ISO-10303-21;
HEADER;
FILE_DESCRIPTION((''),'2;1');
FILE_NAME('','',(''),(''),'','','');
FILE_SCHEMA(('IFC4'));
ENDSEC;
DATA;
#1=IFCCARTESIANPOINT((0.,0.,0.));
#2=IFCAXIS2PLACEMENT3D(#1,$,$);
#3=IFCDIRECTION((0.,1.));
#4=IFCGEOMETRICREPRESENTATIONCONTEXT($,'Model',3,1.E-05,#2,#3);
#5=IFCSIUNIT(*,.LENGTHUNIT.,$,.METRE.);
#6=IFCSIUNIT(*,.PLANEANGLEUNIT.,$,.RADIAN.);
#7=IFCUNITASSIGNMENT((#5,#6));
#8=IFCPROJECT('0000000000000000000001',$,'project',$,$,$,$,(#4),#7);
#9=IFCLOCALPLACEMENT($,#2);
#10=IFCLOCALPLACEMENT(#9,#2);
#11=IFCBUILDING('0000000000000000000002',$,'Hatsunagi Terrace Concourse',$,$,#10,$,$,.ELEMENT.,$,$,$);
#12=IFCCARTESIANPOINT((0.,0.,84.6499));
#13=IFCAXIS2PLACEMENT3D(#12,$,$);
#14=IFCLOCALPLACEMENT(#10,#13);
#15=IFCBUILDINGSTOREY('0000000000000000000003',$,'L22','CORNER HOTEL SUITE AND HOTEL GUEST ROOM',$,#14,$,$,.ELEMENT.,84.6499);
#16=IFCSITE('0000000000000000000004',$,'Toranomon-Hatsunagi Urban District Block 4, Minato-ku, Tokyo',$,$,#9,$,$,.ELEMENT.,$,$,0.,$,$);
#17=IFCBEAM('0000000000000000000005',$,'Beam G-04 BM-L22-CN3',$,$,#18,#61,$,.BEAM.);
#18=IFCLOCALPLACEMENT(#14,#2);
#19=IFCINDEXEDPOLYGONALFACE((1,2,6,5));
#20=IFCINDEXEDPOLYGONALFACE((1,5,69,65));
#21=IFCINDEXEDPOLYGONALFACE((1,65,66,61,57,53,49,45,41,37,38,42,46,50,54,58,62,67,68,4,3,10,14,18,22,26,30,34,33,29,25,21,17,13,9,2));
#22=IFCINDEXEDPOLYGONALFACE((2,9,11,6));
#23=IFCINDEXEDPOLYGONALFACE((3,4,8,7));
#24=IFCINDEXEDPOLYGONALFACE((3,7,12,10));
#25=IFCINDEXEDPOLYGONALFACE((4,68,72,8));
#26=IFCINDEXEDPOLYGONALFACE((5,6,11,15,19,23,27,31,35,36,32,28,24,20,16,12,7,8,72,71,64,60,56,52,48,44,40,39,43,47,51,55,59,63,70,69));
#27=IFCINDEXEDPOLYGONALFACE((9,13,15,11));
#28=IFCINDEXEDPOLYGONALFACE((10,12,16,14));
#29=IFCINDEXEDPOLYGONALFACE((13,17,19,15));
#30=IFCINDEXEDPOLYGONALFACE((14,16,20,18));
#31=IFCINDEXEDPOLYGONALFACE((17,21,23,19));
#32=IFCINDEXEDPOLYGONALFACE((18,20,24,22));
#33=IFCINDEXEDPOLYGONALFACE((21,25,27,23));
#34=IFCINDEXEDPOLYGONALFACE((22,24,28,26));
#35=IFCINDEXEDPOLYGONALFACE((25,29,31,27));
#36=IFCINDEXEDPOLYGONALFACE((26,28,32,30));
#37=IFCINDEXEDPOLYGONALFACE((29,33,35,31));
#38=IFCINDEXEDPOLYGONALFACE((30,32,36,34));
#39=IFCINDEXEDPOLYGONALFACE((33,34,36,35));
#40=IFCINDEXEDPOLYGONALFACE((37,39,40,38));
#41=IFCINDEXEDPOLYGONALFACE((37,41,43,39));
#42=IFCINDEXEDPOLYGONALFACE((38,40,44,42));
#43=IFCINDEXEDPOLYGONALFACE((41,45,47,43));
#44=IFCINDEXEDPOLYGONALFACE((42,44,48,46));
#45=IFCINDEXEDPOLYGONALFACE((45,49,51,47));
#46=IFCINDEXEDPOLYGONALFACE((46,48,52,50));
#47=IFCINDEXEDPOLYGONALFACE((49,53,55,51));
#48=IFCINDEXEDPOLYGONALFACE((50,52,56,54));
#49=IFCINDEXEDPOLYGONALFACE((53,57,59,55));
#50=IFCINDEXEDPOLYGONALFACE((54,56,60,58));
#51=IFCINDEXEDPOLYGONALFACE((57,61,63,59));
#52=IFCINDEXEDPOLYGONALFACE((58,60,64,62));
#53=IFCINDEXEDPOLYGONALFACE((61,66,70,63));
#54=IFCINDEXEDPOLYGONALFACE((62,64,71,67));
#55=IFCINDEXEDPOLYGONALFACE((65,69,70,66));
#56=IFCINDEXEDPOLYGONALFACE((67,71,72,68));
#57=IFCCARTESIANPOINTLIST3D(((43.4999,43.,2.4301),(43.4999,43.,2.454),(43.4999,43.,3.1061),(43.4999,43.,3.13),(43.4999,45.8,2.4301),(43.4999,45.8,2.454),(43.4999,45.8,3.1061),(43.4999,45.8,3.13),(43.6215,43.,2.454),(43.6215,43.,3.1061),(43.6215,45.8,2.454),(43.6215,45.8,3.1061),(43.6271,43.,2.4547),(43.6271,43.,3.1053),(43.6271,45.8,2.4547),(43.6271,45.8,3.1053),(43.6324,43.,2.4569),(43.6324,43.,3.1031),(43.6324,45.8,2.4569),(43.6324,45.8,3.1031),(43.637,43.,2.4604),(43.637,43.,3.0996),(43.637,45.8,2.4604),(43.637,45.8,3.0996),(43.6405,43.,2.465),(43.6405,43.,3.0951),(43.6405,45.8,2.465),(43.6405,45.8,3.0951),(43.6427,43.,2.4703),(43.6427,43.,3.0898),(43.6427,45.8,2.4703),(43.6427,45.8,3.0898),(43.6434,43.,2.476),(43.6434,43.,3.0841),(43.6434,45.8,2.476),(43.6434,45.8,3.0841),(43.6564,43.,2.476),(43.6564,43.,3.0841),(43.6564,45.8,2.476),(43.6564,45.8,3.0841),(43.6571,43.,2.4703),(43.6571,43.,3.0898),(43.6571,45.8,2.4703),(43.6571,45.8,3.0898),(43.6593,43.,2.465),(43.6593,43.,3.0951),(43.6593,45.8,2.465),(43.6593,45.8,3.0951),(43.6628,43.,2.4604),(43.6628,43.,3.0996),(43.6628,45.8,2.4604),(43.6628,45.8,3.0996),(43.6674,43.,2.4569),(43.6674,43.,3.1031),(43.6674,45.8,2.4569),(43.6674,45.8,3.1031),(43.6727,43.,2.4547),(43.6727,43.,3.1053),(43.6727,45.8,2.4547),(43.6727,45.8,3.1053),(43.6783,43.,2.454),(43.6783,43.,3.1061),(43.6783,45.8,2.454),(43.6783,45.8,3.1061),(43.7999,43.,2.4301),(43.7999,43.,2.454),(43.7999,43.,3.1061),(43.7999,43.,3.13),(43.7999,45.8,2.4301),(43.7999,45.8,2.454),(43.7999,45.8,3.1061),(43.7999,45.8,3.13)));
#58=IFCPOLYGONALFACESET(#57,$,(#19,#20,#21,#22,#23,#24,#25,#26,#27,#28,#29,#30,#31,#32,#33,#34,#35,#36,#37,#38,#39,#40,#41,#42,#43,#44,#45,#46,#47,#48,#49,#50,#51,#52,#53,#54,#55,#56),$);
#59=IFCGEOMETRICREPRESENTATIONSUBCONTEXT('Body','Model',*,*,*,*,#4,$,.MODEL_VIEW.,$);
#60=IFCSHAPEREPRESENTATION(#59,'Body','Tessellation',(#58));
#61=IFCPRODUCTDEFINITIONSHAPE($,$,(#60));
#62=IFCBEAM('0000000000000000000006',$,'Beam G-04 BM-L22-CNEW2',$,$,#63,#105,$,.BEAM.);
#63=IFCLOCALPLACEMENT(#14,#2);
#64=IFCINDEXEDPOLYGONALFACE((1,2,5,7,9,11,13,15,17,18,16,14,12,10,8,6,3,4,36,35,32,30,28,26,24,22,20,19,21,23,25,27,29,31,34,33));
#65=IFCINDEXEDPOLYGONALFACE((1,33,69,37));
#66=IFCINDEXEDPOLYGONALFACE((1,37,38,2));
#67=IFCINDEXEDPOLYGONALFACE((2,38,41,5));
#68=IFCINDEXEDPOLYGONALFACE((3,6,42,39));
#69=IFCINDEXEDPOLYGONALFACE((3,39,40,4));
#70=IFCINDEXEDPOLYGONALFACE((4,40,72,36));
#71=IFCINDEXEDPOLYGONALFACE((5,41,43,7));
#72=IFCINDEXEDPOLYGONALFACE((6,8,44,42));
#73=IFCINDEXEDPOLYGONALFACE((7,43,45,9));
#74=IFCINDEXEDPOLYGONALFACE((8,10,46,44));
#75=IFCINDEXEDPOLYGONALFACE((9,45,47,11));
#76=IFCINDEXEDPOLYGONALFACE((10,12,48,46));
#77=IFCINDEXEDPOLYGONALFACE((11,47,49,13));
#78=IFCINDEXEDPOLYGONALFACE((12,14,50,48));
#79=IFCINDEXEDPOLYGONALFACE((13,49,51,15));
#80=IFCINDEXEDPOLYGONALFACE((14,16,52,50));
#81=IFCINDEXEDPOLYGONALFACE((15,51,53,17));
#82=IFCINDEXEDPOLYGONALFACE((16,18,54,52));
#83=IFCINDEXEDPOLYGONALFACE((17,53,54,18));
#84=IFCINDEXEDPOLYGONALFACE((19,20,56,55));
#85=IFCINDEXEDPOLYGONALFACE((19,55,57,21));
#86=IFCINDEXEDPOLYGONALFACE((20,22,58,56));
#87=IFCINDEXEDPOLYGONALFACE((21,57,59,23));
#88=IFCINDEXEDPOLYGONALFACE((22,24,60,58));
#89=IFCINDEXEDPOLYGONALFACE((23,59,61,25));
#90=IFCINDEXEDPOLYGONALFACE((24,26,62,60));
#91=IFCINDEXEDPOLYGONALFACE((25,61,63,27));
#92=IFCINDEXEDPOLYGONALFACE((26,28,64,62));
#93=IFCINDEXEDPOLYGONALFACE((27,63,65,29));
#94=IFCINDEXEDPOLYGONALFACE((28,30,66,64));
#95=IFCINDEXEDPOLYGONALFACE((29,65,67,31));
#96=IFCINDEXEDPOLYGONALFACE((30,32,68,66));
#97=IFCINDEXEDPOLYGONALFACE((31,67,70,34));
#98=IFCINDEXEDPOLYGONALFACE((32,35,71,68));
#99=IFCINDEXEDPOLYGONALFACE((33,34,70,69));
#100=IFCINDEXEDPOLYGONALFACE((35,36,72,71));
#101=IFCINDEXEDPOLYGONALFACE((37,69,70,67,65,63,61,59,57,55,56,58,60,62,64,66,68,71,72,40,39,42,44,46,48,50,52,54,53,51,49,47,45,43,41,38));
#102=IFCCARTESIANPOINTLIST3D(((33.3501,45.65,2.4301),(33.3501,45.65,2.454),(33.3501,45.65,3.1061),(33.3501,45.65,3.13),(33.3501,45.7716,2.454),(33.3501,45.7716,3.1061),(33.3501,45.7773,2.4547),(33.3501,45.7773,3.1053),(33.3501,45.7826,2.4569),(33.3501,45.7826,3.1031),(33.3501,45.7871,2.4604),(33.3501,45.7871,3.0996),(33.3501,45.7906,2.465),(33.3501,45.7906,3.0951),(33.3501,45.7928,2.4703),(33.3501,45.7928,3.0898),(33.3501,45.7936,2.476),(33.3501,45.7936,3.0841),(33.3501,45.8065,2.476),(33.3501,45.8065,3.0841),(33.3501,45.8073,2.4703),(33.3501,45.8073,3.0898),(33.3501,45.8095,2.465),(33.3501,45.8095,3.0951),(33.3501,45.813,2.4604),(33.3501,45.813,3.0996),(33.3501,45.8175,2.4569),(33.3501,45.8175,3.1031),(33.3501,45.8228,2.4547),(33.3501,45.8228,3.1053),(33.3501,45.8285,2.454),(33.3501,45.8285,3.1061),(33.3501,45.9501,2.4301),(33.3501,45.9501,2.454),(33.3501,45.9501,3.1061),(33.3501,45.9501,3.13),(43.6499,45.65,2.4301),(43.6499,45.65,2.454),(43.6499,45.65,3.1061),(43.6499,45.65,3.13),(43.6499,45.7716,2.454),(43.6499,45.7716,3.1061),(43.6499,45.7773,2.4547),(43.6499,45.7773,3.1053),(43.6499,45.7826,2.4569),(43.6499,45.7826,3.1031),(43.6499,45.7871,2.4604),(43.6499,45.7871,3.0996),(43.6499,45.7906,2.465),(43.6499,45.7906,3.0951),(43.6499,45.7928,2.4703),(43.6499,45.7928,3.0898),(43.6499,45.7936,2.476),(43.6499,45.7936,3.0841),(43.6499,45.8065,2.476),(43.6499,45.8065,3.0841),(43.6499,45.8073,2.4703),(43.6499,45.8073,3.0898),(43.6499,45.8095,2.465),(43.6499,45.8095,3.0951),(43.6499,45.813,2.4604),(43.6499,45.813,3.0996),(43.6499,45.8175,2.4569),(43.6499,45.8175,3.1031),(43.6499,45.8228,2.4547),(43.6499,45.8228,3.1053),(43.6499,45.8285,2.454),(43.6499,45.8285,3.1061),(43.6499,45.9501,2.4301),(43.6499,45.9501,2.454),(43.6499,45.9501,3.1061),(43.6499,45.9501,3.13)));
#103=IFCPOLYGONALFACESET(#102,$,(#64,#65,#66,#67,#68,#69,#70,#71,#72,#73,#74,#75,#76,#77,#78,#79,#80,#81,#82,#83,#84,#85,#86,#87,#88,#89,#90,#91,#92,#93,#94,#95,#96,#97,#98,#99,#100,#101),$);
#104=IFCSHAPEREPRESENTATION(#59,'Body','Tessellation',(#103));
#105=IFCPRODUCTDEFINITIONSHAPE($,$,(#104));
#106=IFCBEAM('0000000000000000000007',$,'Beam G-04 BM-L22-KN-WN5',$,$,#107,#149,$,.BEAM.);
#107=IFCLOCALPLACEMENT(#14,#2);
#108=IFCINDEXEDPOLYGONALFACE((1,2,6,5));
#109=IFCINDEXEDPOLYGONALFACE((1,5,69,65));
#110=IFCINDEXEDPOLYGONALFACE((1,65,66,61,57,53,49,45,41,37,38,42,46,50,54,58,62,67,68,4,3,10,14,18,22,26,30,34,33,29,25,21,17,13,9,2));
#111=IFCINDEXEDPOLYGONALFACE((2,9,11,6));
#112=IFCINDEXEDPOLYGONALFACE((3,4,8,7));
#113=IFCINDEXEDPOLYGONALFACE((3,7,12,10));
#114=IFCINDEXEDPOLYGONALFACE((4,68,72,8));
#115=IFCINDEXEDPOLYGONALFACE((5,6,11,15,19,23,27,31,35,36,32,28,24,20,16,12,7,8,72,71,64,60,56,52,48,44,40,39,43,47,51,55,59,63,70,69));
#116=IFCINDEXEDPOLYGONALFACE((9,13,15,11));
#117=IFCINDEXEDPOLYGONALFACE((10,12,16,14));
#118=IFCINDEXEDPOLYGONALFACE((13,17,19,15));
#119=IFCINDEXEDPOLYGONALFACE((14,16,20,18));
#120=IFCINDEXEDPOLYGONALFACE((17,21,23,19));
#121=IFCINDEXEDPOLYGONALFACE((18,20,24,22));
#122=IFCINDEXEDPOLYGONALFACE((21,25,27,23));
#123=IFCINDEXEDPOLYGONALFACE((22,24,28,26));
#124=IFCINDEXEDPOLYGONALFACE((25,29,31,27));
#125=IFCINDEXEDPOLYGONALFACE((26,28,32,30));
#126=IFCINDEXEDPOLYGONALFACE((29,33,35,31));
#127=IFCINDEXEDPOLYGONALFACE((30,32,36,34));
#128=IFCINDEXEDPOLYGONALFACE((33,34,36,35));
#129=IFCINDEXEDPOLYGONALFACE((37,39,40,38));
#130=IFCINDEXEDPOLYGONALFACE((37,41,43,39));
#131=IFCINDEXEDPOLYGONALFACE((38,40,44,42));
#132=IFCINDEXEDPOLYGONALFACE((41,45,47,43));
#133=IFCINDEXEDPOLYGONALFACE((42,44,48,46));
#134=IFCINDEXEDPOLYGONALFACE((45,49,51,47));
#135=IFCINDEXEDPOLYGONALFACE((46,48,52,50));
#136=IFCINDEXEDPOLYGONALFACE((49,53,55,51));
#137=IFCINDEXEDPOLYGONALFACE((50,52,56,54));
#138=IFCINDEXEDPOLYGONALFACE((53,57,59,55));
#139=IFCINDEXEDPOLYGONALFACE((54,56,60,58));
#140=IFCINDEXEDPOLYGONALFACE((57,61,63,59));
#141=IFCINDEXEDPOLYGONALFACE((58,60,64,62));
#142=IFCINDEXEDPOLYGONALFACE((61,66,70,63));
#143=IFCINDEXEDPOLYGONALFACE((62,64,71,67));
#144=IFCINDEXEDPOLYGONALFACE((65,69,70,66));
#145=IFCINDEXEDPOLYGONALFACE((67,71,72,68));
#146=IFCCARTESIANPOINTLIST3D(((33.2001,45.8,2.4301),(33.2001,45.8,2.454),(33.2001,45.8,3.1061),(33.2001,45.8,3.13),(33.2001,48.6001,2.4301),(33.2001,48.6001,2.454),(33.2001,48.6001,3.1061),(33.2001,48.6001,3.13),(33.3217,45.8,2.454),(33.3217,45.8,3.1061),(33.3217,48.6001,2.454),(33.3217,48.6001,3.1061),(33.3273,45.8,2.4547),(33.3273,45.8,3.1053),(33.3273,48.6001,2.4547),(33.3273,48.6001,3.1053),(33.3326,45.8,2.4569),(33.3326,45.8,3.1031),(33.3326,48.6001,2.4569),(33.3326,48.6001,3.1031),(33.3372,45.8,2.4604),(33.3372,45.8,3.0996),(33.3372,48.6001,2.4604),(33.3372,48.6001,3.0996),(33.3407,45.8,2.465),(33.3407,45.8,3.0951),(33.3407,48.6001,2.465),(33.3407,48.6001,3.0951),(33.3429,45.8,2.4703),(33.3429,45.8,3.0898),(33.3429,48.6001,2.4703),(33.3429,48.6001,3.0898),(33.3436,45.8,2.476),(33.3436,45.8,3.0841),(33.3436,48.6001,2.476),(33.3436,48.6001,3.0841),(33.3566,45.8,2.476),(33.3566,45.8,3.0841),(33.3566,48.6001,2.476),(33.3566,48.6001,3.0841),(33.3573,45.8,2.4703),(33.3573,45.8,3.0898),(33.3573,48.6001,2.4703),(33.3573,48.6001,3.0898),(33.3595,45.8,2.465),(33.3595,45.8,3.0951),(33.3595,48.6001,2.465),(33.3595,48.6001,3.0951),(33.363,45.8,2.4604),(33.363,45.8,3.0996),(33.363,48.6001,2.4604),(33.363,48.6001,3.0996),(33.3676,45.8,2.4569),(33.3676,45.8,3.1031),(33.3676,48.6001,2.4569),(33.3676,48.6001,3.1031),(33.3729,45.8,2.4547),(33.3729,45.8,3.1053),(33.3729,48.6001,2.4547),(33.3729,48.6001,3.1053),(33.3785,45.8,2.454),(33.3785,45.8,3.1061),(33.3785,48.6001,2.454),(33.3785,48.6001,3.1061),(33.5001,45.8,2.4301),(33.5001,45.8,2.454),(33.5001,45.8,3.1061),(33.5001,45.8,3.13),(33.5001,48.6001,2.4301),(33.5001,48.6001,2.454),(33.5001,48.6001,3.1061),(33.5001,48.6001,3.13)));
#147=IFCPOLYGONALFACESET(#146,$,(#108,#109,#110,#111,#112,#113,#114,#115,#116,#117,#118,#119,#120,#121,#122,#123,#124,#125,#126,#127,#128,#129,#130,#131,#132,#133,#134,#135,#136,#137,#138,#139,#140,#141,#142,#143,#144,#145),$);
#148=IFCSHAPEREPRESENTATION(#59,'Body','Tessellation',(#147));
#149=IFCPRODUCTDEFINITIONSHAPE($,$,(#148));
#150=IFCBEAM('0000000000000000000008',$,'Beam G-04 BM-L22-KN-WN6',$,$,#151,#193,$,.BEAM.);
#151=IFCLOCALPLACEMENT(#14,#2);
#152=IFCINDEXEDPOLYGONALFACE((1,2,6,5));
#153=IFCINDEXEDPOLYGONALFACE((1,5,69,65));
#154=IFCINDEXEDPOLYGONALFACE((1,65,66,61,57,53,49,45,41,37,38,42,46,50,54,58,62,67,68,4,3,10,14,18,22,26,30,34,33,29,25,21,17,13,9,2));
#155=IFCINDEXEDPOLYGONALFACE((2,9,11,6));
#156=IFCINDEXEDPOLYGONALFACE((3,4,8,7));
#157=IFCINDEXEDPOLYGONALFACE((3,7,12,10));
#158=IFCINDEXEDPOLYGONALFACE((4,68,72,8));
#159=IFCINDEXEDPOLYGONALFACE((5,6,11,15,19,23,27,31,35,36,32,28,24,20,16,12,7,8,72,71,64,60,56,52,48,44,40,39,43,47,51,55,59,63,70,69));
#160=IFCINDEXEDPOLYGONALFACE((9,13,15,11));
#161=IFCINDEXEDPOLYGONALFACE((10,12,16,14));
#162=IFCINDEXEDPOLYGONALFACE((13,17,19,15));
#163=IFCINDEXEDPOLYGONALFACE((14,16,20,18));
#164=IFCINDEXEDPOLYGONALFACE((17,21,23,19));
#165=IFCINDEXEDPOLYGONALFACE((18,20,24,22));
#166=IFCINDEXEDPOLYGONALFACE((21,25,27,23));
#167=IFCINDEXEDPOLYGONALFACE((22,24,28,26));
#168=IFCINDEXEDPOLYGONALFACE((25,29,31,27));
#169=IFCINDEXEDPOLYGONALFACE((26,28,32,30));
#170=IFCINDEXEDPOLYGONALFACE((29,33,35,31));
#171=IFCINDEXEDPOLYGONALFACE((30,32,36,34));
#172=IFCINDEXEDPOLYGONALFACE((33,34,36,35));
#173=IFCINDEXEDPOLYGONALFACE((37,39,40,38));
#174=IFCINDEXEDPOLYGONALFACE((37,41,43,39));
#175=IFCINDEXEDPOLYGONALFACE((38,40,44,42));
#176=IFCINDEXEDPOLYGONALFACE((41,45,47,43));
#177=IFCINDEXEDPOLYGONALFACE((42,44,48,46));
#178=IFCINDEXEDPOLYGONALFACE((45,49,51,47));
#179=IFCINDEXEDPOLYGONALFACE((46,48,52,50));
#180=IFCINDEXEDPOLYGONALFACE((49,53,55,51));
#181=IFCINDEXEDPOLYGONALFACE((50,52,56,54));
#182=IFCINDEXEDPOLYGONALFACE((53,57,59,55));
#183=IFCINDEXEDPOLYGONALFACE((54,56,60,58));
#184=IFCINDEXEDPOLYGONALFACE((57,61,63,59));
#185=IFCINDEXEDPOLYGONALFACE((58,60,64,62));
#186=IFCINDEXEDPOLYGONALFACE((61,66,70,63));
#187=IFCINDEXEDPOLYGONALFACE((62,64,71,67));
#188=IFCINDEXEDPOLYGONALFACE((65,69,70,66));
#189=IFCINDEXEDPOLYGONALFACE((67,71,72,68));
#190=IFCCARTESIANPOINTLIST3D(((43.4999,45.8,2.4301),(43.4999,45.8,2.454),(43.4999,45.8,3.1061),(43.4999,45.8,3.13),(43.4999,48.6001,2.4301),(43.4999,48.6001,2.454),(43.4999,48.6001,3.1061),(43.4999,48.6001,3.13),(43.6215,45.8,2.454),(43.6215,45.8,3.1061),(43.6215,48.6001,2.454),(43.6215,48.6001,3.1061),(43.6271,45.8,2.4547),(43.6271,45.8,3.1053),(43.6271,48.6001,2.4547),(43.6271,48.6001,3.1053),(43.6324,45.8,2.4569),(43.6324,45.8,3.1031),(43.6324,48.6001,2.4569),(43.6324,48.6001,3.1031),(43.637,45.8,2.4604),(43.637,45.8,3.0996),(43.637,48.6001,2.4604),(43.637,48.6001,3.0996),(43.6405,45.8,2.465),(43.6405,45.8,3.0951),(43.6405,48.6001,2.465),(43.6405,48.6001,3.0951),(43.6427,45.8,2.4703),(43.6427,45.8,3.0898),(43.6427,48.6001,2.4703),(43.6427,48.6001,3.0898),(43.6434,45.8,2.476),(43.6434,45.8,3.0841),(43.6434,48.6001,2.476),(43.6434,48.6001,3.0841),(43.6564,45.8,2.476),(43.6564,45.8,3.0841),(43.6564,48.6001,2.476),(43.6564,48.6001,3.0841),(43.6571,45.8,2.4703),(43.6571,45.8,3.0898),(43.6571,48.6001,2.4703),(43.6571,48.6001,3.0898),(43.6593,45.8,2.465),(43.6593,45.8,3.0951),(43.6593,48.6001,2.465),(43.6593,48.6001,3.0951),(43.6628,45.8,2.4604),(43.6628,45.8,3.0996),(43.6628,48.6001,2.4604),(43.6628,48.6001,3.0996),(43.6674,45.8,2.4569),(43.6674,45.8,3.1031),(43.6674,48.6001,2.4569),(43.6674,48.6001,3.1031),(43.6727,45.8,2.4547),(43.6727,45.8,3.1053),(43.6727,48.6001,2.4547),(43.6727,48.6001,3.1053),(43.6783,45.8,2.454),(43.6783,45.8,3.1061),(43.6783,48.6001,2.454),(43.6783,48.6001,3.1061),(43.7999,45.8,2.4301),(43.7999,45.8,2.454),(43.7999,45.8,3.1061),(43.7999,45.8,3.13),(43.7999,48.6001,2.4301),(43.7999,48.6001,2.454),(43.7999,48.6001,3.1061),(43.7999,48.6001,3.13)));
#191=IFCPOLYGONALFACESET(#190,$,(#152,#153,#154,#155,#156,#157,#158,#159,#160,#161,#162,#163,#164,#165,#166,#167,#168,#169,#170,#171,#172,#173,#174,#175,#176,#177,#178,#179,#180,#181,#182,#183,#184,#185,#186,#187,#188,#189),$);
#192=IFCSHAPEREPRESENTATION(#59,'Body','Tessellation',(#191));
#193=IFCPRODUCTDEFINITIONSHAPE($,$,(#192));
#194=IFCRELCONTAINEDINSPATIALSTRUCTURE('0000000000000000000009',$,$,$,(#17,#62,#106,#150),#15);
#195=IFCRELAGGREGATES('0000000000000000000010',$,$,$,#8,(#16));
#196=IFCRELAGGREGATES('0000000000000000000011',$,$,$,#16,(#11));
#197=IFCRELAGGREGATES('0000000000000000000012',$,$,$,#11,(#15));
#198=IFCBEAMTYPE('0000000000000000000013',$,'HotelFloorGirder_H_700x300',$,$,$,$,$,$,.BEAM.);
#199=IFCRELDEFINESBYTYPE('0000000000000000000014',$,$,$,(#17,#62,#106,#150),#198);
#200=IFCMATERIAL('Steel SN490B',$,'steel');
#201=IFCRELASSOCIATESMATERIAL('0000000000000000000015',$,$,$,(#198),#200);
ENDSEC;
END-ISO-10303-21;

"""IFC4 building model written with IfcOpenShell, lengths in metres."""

from ifc_helpers import new_model, si_unit, direction, frame, origin, origin_2d, place, context, subcontext, project, spatial, i_section, extrude, material, material_profile, profile_set, type_object, element, save


model = new_model("IFC4")

# Units and contexts
model_context = context("Model", 3, precision=1e-05, world=origin(), true_north=direction((0.0, 1.0)))
body_context = subcontext(model_context, "Body", "Model", "MODEL_VIEW")
ifc_project = project(units=[si_unit("LENGTHUNIT", "METRE"), si_unit("PLANEANGLEUNIT", "RADIAN")], contexts=[model_context])

# Site, building, storey
site_placement = place(None, origin())
site = spatial("IfcSite", under=ifc_project, at=site_placement, Name="Toranomon-Hatsunagi Urban District Block 4, Minato-ku, Tokyo", CompositionType="ELEMENT", RefElevation=0.0)
building_placement = place(site_placement, origin())
building = spatial("IfcBuilding", under=site, at=building_placement, Name="Hatsunagi Terrace Concourse", CompositionType="ELEMENT")
storey_placement = place(building_placement, frame((0.0, 0.0, 84.6499)))
storey = spatial("IfcBuildingStorey", under=building, at=storey_placement, Name="L22", Description="CORNER HOTEL SUITE AND HOTEL GUEST ROOM", CompositionType="ELEMENT", Elevation=84.6499)

# Beams
ifc_material_1 = material(Name="Steel SN490B", Category="steel")
ifc_material_profile_1 = material_profile(ifc_material_1, i_section(OverallWidth=0.3, OverallDepth=0.7, WebThickness=0.0129, FlangeThickness=0.0239, FilletRadius=0.022, at=origin_2d()), Name="H-700x300x13x24")
ifc_profile_set_1 = profile_set([ifc_material_profile_1], Name="Steel SN490B")
beam_type_1 = type_object("IfcBeamType", Name="HotelFloorGirder_H_700x300", PredefinedType="BEAM", material=ifc_profile_set_1)
beam_1_placement = place(storey_placement, frame((43.6499, 43.0, 2.78), z_axis=(0.0, 1.0, 0.0), x_axis=(-1.0, 0.0, 0.0)))
element("IfcBeam", 1, at=beam_1_placement, inside=storey, type_object=beam_type_1, Name="Beam G-04 BM-L22-CN3", PredefinedType="BEAM", context=body_context, shape_type="SweptSolid", body=[
    extrude(i_section(OverallWidth=0.3, OverallDepth=0.7, WebThickness=0.0129, FlangeThickness=0.0239, FilletRadius=0.022, at=origin_2d()), origin(), (0.0, 0.0, 1.0), 2.8),
])
beam_2_placement = place(storey_placement, frame((33.3501, 45.8, 2.78), z_axis=(1.0, 0.0, 0.0), x_axis=(0.0, 1.0, 0.0)))
element("IfcBeam", 2, at=beam_2_placement, inside=storey, type_object=beam_type_1, Name="Beam G-04 BM-L22-CNEW2", PredefinedType="BEAM", context=body_context, shape_type="SweptSolid", body=[
    extrude(i_section(OverallWidth=0.3, OverallDepth=0.7, WebThickness=0.0129, FlangeThickness=0.0239, FilletRadius=0.022, at=origin_2d()), origin(), (0.0, 0.0, 1.0), 10.2998),
])
for number, where, z_axis, x_axis, name in (
    (3, (33.3501, 45.8, 2.78), (0.0, 1.0, 0.0), (-1.0, 0.0, 0.0), "Beam G-04 BM-L22-KN-WN5"),
    (4, (43.6499, 45.8, 2.78), (0.0, 1.0, 0.0), (-1.0, 0.0, 0.0), "Beam G-04 BM-L22-KN-WN6"),
):
    element("IfcBeam", number, at=place(storey_placement, frame(where, z_axis=z_axis, x_axis=x_axis)), inside=storey, type_object=beam_type_1, Name=name, PredefinedType="BEAM", context=body_context, shape_type="SweptSolid", body=[
        extrude(i_section(OverallWidth=0.3, OverallDepth=0.7, WebThickness=0.0129, FlangeThickness=0.0239, FilletRadius=0.022, at=origin_2d()), origin(), (0.0, 0.0, 1.0), 2.8),
    ])

save(model, "model.ifc")
